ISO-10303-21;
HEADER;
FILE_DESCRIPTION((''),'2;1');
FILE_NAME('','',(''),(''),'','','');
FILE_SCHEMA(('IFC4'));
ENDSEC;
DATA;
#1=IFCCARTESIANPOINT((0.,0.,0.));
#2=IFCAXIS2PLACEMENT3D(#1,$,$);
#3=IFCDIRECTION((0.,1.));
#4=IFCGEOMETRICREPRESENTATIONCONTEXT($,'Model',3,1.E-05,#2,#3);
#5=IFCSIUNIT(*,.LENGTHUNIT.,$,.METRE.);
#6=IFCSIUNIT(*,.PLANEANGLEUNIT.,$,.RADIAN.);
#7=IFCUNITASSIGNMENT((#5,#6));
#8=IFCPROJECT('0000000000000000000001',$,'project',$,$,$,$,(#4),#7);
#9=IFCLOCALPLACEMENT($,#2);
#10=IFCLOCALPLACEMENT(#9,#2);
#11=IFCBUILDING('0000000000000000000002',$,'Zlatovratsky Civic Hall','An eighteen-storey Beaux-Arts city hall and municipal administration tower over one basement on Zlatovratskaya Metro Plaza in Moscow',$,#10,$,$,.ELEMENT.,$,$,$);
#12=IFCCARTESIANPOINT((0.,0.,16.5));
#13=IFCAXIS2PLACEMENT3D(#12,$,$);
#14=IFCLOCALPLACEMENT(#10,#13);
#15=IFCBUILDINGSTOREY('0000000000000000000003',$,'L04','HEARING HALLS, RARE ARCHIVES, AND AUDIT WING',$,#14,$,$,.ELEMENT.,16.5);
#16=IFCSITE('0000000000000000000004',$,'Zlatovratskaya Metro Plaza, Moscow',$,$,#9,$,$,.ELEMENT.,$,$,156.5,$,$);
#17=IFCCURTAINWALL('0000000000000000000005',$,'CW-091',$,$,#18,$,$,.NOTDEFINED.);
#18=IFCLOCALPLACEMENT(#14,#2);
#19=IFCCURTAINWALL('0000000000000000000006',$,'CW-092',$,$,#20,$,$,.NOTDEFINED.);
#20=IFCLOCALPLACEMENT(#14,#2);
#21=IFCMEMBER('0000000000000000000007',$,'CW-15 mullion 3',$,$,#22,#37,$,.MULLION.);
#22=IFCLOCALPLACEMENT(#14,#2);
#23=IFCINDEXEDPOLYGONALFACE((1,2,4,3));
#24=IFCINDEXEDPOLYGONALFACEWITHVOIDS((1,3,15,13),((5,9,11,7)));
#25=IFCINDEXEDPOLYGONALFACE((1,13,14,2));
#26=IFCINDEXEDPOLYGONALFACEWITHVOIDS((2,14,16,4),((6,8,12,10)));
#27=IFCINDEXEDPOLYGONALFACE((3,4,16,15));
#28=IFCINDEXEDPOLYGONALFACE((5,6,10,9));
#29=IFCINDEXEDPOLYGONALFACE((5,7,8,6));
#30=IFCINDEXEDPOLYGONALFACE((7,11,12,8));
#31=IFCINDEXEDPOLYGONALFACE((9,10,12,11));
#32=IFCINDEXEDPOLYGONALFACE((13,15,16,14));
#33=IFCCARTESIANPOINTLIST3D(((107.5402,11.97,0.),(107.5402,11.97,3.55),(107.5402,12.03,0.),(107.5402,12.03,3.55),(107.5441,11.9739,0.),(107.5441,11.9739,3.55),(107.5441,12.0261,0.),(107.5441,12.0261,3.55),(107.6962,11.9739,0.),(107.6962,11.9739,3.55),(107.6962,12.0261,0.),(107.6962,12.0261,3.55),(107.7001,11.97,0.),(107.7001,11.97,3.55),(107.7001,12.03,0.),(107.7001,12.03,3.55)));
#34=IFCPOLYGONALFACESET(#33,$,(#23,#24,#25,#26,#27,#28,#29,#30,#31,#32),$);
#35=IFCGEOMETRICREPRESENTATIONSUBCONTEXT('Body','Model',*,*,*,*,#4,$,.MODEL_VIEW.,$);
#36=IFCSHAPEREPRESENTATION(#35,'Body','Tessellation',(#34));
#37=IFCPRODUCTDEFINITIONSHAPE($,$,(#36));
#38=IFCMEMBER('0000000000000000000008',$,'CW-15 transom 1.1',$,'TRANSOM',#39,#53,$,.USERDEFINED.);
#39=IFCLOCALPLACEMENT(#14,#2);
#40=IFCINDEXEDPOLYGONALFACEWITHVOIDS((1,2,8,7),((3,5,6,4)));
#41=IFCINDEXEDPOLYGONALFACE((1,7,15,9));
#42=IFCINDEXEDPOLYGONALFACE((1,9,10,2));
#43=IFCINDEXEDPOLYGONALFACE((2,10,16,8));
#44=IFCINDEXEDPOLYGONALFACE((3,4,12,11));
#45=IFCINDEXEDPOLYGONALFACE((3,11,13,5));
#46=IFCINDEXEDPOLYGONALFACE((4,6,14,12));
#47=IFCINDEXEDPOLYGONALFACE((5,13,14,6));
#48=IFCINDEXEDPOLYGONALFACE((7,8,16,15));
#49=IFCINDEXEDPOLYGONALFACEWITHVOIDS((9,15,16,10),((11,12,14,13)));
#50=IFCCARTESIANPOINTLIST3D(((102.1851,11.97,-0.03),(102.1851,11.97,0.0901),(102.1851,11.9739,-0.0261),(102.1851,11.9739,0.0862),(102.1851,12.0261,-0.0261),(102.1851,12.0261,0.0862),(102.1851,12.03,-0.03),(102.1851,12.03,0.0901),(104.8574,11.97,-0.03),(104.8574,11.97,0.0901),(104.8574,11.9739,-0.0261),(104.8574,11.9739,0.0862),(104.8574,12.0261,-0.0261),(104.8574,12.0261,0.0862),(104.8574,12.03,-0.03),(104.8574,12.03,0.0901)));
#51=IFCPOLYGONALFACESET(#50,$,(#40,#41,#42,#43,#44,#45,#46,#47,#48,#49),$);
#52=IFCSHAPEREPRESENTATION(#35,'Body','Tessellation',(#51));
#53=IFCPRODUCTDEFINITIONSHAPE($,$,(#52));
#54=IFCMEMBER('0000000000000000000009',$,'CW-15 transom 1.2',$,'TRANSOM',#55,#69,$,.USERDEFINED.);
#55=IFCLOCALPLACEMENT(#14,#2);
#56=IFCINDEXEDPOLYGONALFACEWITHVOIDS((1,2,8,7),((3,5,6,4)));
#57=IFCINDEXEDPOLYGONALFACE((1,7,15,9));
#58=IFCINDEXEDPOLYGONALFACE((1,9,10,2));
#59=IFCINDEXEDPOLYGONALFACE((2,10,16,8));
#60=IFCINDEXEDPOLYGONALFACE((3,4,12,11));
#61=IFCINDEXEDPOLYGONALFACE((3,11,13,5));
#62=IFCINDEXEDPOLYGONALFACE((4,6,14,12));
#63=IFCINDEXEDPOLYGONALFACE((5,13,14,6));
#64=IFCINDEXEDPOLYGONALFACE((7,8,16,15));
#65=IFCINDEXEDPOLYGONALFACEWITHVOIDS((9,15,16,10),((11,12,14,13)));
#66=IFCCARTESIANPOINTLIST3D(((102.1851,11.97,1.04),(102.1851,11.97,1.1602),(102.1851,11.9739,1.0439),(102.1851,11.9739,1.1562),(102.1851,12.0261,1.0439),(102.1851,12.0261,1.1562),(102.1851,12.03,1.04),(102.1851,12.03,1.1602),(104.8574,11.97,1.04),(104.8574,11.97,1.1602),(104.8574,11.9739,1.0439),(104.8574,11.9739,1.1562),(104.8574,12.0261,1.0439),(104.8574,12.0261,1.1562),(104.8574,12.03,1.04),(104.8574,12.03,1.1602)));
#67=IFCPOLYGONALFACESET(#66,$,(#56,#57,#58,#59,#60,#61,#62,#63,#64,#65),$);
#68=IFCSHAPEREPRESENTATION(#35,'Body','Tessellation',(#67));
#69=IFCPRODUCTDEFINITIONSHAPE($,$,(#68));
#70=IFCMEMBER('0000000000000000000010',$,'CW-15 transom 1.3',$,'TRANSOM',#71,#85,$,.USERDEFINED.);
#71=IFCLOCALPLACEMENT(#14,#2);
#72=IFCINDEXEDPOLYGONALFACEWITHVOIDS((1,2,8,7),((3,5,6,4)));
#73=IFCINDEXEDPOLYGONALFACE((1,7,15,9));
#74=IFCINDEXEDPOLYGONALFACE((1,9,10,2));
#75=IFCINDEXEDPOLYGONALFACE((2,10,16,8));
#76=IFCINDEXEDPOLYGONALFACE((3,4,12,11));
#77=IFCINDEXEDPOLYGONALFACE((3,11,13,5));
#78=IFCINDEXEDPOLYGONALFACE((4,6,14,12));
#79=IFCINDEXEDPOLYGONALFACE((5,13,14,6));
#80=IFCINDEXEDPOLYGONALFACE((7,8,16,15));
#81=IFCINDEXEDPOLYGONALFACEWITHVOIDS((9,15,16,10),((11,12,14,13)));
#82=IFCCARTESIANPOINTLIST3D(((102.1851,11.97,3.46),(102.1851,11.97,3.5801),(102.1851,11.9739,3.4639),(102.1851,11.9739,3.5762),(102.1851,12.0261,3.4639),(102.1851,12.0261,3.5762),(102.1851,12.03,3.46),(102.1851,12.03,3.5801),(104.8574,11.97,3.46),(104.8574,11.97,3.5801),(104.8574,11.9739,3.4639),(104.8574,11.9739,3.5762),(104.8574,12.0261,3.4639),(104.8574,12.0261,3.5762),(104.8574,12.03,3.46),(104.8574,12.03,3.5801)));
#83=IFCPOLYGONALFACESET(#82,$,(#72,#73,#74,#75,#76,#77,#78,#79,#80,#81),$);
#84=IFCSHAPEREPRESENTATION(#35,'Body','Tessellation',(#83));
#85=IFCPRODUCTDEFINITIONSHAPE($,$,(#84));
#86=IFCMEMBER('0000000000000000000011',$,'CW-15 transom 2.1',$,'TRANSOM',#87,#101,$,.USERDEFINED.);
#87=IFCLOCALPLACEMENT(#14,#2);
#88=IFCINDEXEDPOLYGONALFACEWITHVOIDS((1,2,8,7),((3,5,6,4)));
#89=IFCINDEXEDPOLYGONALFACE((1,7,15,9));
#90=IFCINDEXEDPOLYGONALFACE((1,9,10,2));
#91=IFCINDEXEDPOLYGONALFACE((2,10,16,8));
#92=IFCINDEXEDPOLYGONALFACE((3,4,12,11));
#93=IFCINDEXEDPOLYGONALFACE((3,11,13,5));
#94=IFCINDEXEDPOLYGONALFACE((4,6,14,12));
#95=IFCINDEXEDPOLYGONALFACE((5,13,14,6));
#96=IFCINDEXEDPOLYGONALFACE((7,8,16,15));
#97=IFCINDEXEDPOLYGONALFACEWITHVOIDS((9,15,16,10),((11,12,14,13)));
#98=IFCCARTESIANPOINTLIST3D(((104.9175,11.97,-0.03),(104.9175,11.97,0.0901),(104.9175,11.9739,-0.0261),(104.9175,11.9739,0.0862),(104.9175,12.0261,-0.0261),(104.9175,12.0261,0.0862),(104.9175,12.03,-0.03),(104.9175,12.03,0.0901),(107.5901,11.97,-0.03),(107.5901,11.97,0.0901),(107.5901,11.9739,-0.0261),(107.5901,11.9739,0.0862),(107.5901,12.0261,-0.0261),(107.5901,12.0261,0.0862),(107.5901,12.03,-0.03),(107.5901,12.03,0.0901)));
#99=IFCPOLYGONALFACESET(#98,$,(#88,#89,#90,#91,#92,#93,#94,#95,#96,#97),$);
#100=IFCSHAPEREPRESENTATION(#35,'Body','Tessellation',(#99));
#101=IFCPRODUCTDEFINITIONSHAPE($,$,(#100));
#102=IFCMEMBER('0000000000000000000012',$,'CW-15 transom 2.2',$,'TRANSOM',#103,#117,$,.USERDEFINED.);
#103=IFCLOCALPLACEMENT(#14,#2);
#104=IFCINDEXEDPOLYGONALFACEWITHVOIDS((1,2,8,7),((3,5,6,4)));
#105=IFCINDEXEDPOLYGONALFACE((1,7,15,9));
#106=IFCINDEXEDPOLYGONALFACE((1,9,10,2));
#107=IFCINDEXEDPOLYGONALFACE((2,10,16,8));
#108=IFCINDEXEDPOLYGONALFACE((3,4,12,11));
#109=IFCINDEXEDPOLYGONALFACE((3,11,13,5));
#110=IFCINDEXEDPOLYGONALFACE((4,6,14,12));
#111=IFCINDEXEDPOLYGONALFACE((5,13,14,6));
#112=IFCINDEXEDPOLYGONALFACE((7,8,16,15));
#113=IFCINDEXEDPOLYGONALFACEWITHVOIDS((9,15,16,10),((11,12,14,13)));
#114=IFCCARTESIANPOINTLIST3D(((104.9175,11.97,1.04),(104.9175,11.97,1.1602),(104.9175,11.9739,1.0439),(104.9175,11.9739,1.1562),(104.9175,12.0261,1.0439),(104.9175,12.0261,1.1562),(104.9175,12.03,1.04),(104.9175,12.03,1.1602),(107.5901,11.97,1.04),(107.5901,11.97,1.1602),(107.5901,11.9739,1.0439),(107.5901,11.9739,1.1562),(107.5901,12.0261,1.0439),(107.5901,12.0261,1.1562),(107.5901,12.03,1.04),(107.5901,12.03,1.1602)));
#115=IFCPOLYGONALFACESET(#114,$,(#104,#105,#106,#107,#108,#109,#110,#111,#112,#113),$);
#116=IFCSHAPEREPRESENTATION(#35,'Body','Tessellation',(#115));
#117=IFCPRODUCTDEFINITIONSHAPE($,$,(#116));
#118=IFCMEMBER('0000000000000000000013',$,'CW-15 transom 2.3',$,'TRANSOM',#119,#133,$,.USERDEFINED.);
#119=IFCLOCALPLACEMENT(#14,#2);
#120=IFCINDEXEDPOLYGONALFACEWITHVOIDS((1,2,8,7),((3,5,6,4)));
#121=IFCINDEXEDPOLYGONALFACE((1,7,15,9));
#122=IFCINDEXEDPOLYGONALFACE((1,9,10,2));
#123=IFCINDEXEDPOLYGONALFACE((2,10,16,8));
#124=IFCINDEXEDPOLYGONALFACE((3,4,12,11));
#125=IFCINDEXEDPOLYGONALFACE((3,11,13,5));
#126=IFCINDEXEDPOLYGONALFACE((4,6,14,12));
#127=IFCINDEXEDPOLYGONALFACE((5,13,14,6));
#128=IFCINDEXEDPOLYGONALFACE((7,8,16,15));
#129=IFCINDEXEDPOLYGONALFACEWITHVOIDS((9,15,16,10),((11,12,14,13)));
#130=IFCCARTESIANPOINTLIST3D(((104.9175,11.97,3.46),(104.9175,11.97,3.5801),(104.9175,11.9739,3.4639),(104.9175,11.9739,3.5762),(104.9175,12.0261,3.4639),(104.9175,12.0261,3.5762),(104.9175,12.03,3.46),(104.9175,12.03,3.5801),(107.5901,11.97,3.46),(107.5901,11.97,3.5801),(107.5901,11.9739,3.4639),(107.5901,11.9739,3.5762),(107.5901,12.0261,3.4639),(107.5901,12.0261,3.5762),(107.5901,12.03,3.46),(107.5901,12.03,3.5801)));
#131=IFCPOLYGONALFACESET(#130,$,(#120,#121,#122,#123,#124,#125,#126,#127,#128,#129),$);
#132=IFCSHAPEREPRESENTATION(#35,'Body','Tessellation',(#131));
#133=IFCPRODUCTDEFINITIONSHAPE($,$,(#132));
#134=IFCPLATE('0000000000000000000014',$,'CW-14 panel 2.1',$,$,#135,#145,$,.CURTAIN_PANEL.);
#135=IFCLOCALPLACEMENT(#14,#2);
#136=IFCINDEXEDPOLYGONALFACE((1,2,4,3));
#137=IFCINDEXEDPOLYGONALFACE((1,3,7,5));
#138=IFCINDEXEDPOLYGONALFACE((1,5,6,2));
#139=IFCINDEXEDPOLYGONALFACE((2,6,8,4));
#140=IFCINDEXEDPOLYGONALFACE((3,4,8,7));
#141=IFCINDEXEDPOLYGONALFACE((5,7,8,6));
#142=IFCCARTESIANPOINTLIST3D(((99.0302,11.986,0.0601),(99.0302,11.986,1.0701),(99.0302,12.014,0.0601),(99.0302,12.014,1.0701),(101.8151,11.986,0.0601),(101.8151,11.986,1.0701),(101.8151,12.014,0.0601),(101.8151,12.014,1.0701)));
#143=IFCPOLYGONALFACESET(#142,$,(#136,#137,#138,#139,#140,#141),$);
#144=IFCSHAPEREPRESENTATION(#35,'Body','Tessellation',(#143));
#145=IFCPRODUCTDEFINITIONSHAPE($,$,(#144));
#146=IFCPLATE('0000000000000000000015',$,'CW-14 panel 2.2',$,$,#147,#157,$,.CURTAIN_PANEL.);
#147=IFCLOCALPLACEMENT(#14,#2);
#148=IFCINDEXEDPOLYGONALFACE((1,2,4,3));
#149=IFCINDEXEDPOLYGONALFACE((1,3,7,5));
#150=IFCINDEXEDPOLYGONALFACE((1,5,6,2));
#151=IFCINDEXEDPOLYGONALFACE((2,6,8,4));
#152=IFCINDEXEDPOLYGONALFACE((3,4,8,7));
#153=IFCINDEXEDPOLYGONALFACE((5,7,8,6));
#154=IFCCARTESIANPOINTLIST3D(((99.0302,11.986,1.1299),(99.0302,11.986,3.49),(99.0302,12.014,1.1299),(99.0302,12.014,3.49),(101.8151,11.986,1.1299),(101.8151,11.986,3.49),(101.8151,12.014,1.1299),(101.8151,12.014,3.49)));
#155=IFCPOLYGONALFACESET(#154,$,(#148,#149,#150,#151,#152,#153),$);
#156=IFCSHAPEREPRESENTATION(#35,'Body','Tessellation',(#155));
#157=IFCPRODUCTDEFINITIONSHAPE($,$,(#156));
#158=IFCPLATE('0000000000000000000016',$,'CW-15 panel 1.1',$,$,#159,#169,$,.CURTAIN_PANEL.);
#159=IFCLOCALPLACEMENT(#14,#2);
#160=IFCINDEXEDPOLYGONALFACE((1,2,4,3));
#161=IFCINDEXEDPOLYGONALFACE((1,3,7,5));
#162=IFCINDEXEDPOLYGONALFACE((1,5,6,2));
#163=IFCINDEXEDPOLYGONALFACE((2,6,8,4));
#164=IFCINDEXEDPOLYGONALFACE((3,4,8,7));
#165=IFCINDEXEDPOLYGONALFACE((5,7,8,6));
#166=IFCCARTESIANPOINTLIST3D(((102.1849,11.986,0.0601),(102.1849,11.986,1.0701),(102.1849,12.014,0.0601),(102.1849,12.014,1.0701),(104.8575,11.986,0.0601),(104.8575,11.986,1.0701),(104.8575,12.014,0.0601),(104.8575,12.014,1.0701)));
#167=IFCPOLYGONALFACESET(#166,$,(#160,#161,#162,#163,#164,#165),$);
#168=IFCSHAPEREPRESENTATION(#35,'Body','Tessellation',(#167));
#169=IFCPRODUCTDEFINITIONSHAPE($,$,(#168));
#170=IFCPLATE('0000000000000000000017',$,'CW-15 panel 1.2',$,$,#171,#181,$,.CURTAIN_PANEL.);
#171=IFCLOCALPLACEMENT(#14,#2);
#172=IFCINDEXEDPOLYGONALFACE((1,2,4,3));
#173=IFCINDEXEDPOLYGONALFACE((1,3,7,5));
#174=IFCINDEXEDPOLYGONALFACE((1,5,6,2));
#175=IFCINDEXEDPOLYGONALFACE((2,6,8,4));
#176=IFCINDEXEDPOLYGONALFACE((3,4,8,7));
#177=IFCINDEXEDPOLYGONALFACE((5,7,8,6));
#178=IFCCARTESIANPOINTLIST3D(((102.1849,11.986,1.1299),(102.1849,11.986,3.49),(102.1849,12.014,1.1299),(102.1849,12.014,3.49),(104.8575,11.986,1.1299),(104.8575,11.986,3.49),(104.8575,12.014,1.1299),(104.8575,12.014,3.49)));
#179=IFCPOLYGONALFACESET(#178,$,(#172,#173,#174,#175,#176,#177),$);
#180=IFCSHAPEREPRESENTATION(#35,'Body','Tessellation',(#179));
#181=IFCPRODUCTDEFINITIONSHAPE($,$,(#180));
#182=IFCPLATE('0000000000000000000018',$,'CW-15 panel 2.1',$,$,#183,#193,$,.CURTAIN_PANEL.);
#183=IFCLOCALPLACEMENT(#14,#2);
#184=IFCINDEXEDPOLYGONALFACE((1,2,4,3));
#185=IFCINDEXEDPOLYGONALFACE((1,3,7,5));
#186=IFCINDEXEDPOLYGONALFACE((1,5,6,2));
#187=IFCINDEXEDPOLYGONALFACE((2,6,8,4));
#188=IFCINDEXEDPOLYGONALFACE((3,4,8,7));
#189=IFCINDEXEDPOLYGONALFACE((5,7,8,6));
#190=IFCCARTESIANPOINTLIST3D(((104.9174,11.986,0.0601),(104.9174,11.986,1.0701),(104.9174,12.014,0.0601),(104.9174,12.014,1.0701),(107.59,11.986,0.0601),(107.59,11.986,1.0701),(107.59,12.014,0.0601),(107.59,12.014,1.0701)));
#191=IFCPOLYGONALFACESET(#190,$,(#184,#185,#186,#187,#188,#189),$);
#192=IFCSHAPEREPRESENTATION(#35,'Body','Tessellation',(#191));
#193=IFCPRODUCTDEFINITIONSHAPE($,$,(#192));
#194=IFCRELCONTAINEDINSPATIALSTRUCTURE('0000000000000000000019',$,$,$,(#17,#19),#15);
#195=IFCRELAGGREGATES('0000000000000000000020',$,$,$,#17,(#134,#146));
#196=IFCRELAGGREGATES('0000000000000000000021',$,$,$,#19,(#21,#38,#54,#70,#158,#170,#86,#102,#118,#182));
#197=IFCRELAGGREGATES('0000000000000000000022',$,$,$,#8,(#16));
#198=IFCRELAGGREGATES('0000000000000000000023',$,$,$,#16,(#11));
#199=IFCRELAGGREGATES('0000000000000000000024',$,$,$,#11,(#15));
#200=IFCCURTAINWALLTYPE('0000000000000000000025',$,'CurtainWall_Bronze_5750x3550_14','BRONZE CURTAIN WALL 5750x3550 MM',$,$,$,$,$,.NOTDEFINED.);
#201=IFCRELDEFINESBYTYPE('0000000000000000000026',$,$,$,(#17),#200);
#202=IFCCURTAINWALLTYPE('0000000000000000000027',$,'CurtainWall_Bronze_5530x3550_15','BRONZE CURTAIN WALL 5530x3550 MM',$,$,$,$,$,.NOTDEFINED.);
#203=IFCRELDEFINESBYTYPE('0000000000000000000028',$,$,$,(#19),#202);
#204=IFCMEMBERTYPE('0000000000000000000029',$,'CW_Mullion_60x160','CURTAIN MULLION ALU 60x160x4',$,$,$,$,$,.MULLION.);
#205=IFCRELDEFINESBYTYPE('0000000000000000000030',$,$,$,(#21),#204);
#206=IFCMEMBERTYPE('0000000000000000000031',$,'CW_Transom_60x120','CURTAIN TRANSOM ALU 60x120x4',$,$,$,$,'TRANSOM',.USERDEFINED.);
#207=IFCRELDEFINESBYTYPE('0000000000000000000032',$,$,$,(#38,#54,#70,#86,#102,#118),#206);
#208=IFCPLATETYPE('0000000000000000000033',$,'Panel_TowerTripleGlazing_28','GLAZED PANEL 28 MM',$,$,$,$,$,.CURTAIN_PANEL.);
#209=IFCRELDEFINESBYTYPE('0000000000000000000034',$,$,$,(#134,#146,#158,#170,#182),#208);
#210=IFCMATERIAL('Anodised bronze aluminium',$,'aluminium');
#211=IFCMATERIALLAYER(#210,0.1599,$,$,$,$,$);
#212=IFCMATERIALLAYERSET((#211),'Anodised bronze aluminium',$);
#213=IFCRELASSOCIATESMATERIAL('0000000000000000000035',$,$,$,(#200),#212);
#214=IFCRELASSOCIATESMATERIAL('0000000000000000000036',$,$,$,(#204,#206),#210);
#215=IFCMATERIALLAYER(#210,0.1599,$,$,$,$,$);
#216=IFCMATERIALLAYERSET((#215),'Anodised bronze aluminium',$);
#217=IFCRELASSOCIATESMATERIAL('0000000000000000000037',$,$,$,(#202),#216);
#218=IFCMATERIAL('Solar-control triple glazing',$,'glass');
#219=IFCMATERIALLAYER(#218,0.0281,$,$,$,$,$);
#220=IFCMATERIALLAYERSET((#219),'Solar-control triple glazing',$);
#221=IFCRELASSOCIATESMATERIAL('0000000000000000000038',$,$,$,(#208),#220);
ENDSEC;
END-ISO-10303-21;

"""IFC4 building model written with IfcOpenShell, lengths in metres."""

from ifc_helpers import new_model, si_unit, direction, frame, origin, origin_2d, place, context, subcontext, project, spatial, rectangle, hollow_rectangle, extrude, material, layer, layer_set, material_profile, profile_set, type_object, element, aggregate, save


model = new_model("IFC4")

# Units and contexts
model_context = context("Model", 3, precision=1e-05, world=origin(), true_north=direction((0.0, 1.0)))
body_context = subcontext(model_context, "Body", "Model", "MODEL_VIEW")
ifc_project = project(units=[si_unit("LENGTHUNIT", "METRE"), si_unit("PLANEANGLEUNIT", "RADIAN")], contexts=[model_context])

# Site, building, storey
site_placement = place(None, origin())
site = spatial("IfcSite", under=ifc_project, at=site_placement, Name="Zlatovratskaya Metro Plaza, Moscow", CompositionType="ELEMENT", RefElevation=156.5)
building_placement = place(site_placement, origin())
building = spatial("IfcBuilding", under=site, at=building_placement, Name="Zlatovratsky Civic Hall", Description="An eighteen-storey Beaux-Arts city hall and municipal administration tower over one basement on Zlatovratskaya Metro Plaza in Moscow", CompositionType="ELEMENT")
storey_placement = place(building_placement, frame((0.0, 0.0, 16.5)))
storey = spatial("IfcBuildingStorey", under=building, at=storey_placement, Name="L04", Description="HEARING HALLS, RARE ARCHIVES, AND AUDIT WING", CompositionType="ELEMENT", Elevation=16.5)

# Curtain wall
ifc_material_1 = material(Name="Anodised bronze aluminium", Category="aluminium")
ifc_layer_1 = layer(ifc_material_1, 0.1599)
ifc_layer_set_1 = layer_set([ifc_layer_1], Name="Anodised bronze aluminium")
curtain_wall_type_1 = type_object("IfcCurtainWallType", Name="CurtainWall_Bronze_5750x3550_14", Description="BRONZE CURTAIN WALL 5750x3550 MM", PredefinedType="NOTDEFINED", material=ifc_layer_set_1)
curtain_wall_1_placement = place(storey_placement, origin())
curtain_wall_1 = element("IfcCurtainWall", 1, at=curtain_wall_1_placement, inside=storey, type_object=curtain_wall_type_1, Name="CW-091", PredefinedType="NOTDEFINED")
ifc_material_profile_1 = material_profile(ifc_material_1, hollow_rectangle(XDim=0.0601, YDim=0.1599, WallThickness=0.0039, at=origin_2d()), Name="ALU 60x160x4")
ifc_profile_set_1 = profile_set([ifc_material_profile_1], Name="Anodised bronze aluminium")
member_type_1 = type_object("IfcMemberType", Name="CW_Mullion_60x160", Description="CURTAIN MULLION ALU 60x160x4", PredefinedType="MULLION", material=ifc_profile_set_1)

# Curtain wall, members
ifc_layer_2 = layer(ifc_material_1, 0.1599)
ifc_layer_set_2 = layer_set([ifc_layer_2], Name="Anodised bronze aluminium")
curtain_wall_type_2 = type_object("IfcCurtainWallType", Name="CurtainWall_Bronze_5530x3550_15", Description="BRONZE CURTAIN WALL 5530x3550 MM", PredefinedType="NOTDEFINED", material=ifc_layer_set_2)
curtain_wall_2_placement = place(storey_placement, origin())
curtain_wall_2 = element("IfcCurtainWall", 2, at=curtain_wall_2_placement, inside=storey, type_object=curtain_wall_type_2, Name="CW-092", PredefinedType="NOTDEFINED")
member_1_placement = place(storey_placement, frame((107.6201, 12.0, 0.0), z_axis=(0.0, 0.0, 1.0), x_axis=(0.0, 1.0, 0.0)))
member_1 = element("IfcMember", 3, at=member_1_placement, type_object=member_type_1, Name="CW-15 mullion 3", PredefinedType="MULLION", context=body_context, shape_type="SweptSolid", body=[
    extrude(hollow_rectangle(XDim=0.0601, YDim=0.1599, WallThickness=0.0039, at=origin_2d()), origin(), (0.0, 0.0, 1.0), 3.55),
])
ifc_material_profile_2 = material_profile(ifc_material_1, hollow_rectangle(XDim=0.0601, YDim=0.1201, WallThickness=0.0039, at=origin_2d()), Name="ALU 60x120x4")
ifc_profile_set_2 = profile_set([ifc_material_profile_2], Name="Anodised bronze aluminium")
member_type_2 = type_object("IfcMemberType", Name="CW_Transom_60x120", Description="CURTAIN TRANSOM ALU 60x120x4", ElementType="TRANSOM", PredefinedType="USERDEFINED", material=ifc_profile_set_2)
member_2_placement = place(storey_placement, frame((102.1851, 12.0, 0.03), z_axis=(1.0, 0.0, 0.0), x_axis=(0.0, 1.0, 0.0)))
member_2 = element("IfcMember", 4, at=member_2_placement, type_object=member_type_2, Name="CW-15 transom 1.1", ObjectType="TRANSOM", PredefinedType="USERDEFINED", context=body_context, shape_type="SweptSolid", body=[
    extrude(hollow_rectangle(XDim=0.0601, YDim=0.1201, WallThickness=0.0039, at=origin_2d()), origin(), (0.0, 0.0, 1.0), 2.6724),
])
member_3_placement = place(storey_placement, frame((102.1851, 12.0, 1.1001), z_axis=(1.0, 0.0, 0.0), x_axis=(0.0, 1.0, 0.0)))
member_3 = element("IfcMember", 5, at=member_3_placement, type_object=member_type_2, Name="CW-15 transom 1.2", ObjectType="TRANSOM", PredefinedType="USERDEFINED", context=body_context, shape_type="SweptSolid", body=[
    extrude(hollow_rectangle(XDim=0.0601, YDim=0.1201, WallThickness=0.0039, at=origin_2d()), origin(), (0.0, 0.0, 1.0), 2.6724),
])
member_4_placement = place(storey_placement, frame((102.1851, 12.0, 3.52), z_axis=(1.0, 0.0, 0.0), x_axis=(0.0, 1.0, 0.0)))
member_4 = element("IfcMember", 6, at=member_4_placement, type_object=member_type_2, Name="CW-15 transom 1.3", ObjectType="TRANSOM", PredefinedType="USERDEFINED", context=body_context, shape_type="SweptSolid", body=[
    extrude(hollow_rectangle(XDim=0.0601, YDim=0.1201, WallThickness=0.0039, at=origin_2d()), origin(), (0.0, 0.0, 1.0), 2.6724),
])
member_5_placement = place(storey_placement, frame((104.9175, 12.0, 0.03), z_axis=(1.0, 0.0, 0.0), x_axis=(0.0, 1.0, 0.0)))
member_5 = element("IfcMember", 7, at=member_5_placement, type_object=member_type_2, Name="CW-15 transom 2.1", ObjectType="TRANSOM", PredefinedType="USERDEFINED", context=body_context, shape_type="SweptSolid", body=[
    extrude(hollow_rectangle(XDim=0.0601, YDim=0.1201, WallThickness=0.0039, at=origin_2d()), origin(), (0.0, 0.0, 1.0), 2.6726),
])
member_6_placement = place(storey_placement, frame((104.9175, 12.0, 1.1001), z_axis=(1.0, 0.0, 0.0), x_axis=(0.0, 1.0, 0.0)))
member_6 = element("IfcMember", 8, at=member_6_placement, type_object=member_type_2, Name="CW-15 transom 2.2", ObjectType="TRANSOM", PredefinedType="USERDEFINED", context=body_context, shape_type="SweptSolid", body=[
    extrude(hollow_rectangle(XDim=0.0601, YDim=0.1201, WallThickness=0.0039, at=origin_2d()), origin(), (0.0, 0.0, 1.0), 2.6726),
])
member_7_placement = place(storey_placement, frame((104.9175, 12.0, 3.52), z_axis=(1.0, 0.0, 0.0), x_axis=(0.0, 1.0, 0.0)))
member_7 = element("IfcMember", 9, at=member_7_placement, type_object=member_type_2, Name="CW-15 transom 2.3", ObjectType="TRANSOM", PredefinedType="USERDEFINED", context=body_context, shape_type="SweptSolid", body=[
    extrude(hollow_rectangle(XDim=0.0601, YDim=0.1201, WallThickness=0.0039, at=origin_2d()), origin(), (0.0, 0.0, 1.0), 2.6726),
])

# Plates
ifc_material_2 = material(Name="Solar-control triple glazing", Category="glass")
ifc_layer_3 = layer(ifc_material_2, 0.0281)
ifc_layer_set_3 = layer_set([ifc_layer_3], Name="Solar-control triple glazing")
plate_type = type_object("IfcPlateType", Name="Panel_TowerTripleGlazing_28", Description="GLAZED PANEL 28 MM", PredefinedType="CURTAIN_PANEL", material=ifc_layer_set_3)
plate_1_placement = place(storey_placement, frame((100.4226, 12.0, 0.0601), z_axis=(0.0, 0.0, 1.0), x_axis=(1.0, 0.0, 0.0)))
plate_1 = element("IfcPlate", 10, at=plate_1_placement, type_object=plate_type, Name="CW-14 panel 2.1", PredefinedType="CURTAIN_PANEL", context=body_context, shape_type="SweptSolid", body=[
    extrude(rectangle(XDim=2.7849, YDim=0.0281, at=origin_2d()), origin(), (0.0, 0.0, 1.0), 1.01),
])
plate_2_placement = place(storey_placement, frame((100.4226, 12.0, 1.1299), z_axis=(0.0, 0.0, 1.0), x_axis=(1.0, 0.0, 0.0)))
plate_2 = element("IfcPlate", 11, at=plate_2_placement, type_object=plate_type, Name="CW-14 panel 2.2", PredefinedType="CURTAIN_PANEL", context=body_context, shape_type="SweptSolid", body=[
    extrude(rectangle(XDim=2.7849, YDim=0.0281, at=origin_2d()), origin(), (0.0, 0.0, 1.0), 2.3601),
])
aggregate(curtain_wall_1, [plate_1, plate_2])
plate_3_placement = place(storey_placement, frame((103.5212, 12.0, 0.0601), z_axis=(0.0, 0.0, 1.0), x_axis=(1.0, 0.0, 0.0)))
plate_3 = element("IfcPlate", 12, at=plate_3_placement, type_object=plate_type, Name="CW-15 panel 1.1", PredefinedType="CURTAIN_PANEL", context=body_context, shape_type="SweptSolid", body=[
    extrude(rectangle(XDim=2.6726, YDim=0.0281, at=origin_2d()), origin(), (0.0, 0.0, 1.0), 1.01),
])
plate_4_placement = place(storey_placement, frame((103.5212, 12.0, 1.1299), z_axis=(0.0, 0.0, 1.0), x_axis=(1.0, 0.0, 0.0)))
plate_4 = element("IfcPlate", 13, at=plate_4_placement, type_object=plate_type, Name="CW-15 panel 1.2", PredefinedType="CURTAIN_PANEL", context=body_context, shape_type="SweptSolid", body=[
    extrude(rectangle(XDim=2.6726, YDim=0.0281, at=origin_2d()), origin(), (0.0, 0.0, 1.0), 2.3601),
])
plate_5_placement = place(storey_placement, frame((106.2537, 12.0, 0.0601), z_axis=(0.0, 0.0, 1.0), x_axis=(1.0, 0.0, 0.0)))
plate_5 = element("IfcPlate", 14, at=plate_5_placement, type_object=plate_type, Name="CW-15 panel 2.1", PredefinedType="CURTAIN_PANEL", context=body_context, shape_type="SweptSolid", body=[
    extrude(rectangle(XDim=2.6726, YDim=0.0281, at=origin_2d()), origin(), (0.0, 0.0, 1.0), 1.01),
])
aggregate(curtain_wall_2, [member_1, member_2, member_3, member_4, plate_3, plate_4, member_5, member_6, member_7, plate_5])

save(model, "model.ifc")
